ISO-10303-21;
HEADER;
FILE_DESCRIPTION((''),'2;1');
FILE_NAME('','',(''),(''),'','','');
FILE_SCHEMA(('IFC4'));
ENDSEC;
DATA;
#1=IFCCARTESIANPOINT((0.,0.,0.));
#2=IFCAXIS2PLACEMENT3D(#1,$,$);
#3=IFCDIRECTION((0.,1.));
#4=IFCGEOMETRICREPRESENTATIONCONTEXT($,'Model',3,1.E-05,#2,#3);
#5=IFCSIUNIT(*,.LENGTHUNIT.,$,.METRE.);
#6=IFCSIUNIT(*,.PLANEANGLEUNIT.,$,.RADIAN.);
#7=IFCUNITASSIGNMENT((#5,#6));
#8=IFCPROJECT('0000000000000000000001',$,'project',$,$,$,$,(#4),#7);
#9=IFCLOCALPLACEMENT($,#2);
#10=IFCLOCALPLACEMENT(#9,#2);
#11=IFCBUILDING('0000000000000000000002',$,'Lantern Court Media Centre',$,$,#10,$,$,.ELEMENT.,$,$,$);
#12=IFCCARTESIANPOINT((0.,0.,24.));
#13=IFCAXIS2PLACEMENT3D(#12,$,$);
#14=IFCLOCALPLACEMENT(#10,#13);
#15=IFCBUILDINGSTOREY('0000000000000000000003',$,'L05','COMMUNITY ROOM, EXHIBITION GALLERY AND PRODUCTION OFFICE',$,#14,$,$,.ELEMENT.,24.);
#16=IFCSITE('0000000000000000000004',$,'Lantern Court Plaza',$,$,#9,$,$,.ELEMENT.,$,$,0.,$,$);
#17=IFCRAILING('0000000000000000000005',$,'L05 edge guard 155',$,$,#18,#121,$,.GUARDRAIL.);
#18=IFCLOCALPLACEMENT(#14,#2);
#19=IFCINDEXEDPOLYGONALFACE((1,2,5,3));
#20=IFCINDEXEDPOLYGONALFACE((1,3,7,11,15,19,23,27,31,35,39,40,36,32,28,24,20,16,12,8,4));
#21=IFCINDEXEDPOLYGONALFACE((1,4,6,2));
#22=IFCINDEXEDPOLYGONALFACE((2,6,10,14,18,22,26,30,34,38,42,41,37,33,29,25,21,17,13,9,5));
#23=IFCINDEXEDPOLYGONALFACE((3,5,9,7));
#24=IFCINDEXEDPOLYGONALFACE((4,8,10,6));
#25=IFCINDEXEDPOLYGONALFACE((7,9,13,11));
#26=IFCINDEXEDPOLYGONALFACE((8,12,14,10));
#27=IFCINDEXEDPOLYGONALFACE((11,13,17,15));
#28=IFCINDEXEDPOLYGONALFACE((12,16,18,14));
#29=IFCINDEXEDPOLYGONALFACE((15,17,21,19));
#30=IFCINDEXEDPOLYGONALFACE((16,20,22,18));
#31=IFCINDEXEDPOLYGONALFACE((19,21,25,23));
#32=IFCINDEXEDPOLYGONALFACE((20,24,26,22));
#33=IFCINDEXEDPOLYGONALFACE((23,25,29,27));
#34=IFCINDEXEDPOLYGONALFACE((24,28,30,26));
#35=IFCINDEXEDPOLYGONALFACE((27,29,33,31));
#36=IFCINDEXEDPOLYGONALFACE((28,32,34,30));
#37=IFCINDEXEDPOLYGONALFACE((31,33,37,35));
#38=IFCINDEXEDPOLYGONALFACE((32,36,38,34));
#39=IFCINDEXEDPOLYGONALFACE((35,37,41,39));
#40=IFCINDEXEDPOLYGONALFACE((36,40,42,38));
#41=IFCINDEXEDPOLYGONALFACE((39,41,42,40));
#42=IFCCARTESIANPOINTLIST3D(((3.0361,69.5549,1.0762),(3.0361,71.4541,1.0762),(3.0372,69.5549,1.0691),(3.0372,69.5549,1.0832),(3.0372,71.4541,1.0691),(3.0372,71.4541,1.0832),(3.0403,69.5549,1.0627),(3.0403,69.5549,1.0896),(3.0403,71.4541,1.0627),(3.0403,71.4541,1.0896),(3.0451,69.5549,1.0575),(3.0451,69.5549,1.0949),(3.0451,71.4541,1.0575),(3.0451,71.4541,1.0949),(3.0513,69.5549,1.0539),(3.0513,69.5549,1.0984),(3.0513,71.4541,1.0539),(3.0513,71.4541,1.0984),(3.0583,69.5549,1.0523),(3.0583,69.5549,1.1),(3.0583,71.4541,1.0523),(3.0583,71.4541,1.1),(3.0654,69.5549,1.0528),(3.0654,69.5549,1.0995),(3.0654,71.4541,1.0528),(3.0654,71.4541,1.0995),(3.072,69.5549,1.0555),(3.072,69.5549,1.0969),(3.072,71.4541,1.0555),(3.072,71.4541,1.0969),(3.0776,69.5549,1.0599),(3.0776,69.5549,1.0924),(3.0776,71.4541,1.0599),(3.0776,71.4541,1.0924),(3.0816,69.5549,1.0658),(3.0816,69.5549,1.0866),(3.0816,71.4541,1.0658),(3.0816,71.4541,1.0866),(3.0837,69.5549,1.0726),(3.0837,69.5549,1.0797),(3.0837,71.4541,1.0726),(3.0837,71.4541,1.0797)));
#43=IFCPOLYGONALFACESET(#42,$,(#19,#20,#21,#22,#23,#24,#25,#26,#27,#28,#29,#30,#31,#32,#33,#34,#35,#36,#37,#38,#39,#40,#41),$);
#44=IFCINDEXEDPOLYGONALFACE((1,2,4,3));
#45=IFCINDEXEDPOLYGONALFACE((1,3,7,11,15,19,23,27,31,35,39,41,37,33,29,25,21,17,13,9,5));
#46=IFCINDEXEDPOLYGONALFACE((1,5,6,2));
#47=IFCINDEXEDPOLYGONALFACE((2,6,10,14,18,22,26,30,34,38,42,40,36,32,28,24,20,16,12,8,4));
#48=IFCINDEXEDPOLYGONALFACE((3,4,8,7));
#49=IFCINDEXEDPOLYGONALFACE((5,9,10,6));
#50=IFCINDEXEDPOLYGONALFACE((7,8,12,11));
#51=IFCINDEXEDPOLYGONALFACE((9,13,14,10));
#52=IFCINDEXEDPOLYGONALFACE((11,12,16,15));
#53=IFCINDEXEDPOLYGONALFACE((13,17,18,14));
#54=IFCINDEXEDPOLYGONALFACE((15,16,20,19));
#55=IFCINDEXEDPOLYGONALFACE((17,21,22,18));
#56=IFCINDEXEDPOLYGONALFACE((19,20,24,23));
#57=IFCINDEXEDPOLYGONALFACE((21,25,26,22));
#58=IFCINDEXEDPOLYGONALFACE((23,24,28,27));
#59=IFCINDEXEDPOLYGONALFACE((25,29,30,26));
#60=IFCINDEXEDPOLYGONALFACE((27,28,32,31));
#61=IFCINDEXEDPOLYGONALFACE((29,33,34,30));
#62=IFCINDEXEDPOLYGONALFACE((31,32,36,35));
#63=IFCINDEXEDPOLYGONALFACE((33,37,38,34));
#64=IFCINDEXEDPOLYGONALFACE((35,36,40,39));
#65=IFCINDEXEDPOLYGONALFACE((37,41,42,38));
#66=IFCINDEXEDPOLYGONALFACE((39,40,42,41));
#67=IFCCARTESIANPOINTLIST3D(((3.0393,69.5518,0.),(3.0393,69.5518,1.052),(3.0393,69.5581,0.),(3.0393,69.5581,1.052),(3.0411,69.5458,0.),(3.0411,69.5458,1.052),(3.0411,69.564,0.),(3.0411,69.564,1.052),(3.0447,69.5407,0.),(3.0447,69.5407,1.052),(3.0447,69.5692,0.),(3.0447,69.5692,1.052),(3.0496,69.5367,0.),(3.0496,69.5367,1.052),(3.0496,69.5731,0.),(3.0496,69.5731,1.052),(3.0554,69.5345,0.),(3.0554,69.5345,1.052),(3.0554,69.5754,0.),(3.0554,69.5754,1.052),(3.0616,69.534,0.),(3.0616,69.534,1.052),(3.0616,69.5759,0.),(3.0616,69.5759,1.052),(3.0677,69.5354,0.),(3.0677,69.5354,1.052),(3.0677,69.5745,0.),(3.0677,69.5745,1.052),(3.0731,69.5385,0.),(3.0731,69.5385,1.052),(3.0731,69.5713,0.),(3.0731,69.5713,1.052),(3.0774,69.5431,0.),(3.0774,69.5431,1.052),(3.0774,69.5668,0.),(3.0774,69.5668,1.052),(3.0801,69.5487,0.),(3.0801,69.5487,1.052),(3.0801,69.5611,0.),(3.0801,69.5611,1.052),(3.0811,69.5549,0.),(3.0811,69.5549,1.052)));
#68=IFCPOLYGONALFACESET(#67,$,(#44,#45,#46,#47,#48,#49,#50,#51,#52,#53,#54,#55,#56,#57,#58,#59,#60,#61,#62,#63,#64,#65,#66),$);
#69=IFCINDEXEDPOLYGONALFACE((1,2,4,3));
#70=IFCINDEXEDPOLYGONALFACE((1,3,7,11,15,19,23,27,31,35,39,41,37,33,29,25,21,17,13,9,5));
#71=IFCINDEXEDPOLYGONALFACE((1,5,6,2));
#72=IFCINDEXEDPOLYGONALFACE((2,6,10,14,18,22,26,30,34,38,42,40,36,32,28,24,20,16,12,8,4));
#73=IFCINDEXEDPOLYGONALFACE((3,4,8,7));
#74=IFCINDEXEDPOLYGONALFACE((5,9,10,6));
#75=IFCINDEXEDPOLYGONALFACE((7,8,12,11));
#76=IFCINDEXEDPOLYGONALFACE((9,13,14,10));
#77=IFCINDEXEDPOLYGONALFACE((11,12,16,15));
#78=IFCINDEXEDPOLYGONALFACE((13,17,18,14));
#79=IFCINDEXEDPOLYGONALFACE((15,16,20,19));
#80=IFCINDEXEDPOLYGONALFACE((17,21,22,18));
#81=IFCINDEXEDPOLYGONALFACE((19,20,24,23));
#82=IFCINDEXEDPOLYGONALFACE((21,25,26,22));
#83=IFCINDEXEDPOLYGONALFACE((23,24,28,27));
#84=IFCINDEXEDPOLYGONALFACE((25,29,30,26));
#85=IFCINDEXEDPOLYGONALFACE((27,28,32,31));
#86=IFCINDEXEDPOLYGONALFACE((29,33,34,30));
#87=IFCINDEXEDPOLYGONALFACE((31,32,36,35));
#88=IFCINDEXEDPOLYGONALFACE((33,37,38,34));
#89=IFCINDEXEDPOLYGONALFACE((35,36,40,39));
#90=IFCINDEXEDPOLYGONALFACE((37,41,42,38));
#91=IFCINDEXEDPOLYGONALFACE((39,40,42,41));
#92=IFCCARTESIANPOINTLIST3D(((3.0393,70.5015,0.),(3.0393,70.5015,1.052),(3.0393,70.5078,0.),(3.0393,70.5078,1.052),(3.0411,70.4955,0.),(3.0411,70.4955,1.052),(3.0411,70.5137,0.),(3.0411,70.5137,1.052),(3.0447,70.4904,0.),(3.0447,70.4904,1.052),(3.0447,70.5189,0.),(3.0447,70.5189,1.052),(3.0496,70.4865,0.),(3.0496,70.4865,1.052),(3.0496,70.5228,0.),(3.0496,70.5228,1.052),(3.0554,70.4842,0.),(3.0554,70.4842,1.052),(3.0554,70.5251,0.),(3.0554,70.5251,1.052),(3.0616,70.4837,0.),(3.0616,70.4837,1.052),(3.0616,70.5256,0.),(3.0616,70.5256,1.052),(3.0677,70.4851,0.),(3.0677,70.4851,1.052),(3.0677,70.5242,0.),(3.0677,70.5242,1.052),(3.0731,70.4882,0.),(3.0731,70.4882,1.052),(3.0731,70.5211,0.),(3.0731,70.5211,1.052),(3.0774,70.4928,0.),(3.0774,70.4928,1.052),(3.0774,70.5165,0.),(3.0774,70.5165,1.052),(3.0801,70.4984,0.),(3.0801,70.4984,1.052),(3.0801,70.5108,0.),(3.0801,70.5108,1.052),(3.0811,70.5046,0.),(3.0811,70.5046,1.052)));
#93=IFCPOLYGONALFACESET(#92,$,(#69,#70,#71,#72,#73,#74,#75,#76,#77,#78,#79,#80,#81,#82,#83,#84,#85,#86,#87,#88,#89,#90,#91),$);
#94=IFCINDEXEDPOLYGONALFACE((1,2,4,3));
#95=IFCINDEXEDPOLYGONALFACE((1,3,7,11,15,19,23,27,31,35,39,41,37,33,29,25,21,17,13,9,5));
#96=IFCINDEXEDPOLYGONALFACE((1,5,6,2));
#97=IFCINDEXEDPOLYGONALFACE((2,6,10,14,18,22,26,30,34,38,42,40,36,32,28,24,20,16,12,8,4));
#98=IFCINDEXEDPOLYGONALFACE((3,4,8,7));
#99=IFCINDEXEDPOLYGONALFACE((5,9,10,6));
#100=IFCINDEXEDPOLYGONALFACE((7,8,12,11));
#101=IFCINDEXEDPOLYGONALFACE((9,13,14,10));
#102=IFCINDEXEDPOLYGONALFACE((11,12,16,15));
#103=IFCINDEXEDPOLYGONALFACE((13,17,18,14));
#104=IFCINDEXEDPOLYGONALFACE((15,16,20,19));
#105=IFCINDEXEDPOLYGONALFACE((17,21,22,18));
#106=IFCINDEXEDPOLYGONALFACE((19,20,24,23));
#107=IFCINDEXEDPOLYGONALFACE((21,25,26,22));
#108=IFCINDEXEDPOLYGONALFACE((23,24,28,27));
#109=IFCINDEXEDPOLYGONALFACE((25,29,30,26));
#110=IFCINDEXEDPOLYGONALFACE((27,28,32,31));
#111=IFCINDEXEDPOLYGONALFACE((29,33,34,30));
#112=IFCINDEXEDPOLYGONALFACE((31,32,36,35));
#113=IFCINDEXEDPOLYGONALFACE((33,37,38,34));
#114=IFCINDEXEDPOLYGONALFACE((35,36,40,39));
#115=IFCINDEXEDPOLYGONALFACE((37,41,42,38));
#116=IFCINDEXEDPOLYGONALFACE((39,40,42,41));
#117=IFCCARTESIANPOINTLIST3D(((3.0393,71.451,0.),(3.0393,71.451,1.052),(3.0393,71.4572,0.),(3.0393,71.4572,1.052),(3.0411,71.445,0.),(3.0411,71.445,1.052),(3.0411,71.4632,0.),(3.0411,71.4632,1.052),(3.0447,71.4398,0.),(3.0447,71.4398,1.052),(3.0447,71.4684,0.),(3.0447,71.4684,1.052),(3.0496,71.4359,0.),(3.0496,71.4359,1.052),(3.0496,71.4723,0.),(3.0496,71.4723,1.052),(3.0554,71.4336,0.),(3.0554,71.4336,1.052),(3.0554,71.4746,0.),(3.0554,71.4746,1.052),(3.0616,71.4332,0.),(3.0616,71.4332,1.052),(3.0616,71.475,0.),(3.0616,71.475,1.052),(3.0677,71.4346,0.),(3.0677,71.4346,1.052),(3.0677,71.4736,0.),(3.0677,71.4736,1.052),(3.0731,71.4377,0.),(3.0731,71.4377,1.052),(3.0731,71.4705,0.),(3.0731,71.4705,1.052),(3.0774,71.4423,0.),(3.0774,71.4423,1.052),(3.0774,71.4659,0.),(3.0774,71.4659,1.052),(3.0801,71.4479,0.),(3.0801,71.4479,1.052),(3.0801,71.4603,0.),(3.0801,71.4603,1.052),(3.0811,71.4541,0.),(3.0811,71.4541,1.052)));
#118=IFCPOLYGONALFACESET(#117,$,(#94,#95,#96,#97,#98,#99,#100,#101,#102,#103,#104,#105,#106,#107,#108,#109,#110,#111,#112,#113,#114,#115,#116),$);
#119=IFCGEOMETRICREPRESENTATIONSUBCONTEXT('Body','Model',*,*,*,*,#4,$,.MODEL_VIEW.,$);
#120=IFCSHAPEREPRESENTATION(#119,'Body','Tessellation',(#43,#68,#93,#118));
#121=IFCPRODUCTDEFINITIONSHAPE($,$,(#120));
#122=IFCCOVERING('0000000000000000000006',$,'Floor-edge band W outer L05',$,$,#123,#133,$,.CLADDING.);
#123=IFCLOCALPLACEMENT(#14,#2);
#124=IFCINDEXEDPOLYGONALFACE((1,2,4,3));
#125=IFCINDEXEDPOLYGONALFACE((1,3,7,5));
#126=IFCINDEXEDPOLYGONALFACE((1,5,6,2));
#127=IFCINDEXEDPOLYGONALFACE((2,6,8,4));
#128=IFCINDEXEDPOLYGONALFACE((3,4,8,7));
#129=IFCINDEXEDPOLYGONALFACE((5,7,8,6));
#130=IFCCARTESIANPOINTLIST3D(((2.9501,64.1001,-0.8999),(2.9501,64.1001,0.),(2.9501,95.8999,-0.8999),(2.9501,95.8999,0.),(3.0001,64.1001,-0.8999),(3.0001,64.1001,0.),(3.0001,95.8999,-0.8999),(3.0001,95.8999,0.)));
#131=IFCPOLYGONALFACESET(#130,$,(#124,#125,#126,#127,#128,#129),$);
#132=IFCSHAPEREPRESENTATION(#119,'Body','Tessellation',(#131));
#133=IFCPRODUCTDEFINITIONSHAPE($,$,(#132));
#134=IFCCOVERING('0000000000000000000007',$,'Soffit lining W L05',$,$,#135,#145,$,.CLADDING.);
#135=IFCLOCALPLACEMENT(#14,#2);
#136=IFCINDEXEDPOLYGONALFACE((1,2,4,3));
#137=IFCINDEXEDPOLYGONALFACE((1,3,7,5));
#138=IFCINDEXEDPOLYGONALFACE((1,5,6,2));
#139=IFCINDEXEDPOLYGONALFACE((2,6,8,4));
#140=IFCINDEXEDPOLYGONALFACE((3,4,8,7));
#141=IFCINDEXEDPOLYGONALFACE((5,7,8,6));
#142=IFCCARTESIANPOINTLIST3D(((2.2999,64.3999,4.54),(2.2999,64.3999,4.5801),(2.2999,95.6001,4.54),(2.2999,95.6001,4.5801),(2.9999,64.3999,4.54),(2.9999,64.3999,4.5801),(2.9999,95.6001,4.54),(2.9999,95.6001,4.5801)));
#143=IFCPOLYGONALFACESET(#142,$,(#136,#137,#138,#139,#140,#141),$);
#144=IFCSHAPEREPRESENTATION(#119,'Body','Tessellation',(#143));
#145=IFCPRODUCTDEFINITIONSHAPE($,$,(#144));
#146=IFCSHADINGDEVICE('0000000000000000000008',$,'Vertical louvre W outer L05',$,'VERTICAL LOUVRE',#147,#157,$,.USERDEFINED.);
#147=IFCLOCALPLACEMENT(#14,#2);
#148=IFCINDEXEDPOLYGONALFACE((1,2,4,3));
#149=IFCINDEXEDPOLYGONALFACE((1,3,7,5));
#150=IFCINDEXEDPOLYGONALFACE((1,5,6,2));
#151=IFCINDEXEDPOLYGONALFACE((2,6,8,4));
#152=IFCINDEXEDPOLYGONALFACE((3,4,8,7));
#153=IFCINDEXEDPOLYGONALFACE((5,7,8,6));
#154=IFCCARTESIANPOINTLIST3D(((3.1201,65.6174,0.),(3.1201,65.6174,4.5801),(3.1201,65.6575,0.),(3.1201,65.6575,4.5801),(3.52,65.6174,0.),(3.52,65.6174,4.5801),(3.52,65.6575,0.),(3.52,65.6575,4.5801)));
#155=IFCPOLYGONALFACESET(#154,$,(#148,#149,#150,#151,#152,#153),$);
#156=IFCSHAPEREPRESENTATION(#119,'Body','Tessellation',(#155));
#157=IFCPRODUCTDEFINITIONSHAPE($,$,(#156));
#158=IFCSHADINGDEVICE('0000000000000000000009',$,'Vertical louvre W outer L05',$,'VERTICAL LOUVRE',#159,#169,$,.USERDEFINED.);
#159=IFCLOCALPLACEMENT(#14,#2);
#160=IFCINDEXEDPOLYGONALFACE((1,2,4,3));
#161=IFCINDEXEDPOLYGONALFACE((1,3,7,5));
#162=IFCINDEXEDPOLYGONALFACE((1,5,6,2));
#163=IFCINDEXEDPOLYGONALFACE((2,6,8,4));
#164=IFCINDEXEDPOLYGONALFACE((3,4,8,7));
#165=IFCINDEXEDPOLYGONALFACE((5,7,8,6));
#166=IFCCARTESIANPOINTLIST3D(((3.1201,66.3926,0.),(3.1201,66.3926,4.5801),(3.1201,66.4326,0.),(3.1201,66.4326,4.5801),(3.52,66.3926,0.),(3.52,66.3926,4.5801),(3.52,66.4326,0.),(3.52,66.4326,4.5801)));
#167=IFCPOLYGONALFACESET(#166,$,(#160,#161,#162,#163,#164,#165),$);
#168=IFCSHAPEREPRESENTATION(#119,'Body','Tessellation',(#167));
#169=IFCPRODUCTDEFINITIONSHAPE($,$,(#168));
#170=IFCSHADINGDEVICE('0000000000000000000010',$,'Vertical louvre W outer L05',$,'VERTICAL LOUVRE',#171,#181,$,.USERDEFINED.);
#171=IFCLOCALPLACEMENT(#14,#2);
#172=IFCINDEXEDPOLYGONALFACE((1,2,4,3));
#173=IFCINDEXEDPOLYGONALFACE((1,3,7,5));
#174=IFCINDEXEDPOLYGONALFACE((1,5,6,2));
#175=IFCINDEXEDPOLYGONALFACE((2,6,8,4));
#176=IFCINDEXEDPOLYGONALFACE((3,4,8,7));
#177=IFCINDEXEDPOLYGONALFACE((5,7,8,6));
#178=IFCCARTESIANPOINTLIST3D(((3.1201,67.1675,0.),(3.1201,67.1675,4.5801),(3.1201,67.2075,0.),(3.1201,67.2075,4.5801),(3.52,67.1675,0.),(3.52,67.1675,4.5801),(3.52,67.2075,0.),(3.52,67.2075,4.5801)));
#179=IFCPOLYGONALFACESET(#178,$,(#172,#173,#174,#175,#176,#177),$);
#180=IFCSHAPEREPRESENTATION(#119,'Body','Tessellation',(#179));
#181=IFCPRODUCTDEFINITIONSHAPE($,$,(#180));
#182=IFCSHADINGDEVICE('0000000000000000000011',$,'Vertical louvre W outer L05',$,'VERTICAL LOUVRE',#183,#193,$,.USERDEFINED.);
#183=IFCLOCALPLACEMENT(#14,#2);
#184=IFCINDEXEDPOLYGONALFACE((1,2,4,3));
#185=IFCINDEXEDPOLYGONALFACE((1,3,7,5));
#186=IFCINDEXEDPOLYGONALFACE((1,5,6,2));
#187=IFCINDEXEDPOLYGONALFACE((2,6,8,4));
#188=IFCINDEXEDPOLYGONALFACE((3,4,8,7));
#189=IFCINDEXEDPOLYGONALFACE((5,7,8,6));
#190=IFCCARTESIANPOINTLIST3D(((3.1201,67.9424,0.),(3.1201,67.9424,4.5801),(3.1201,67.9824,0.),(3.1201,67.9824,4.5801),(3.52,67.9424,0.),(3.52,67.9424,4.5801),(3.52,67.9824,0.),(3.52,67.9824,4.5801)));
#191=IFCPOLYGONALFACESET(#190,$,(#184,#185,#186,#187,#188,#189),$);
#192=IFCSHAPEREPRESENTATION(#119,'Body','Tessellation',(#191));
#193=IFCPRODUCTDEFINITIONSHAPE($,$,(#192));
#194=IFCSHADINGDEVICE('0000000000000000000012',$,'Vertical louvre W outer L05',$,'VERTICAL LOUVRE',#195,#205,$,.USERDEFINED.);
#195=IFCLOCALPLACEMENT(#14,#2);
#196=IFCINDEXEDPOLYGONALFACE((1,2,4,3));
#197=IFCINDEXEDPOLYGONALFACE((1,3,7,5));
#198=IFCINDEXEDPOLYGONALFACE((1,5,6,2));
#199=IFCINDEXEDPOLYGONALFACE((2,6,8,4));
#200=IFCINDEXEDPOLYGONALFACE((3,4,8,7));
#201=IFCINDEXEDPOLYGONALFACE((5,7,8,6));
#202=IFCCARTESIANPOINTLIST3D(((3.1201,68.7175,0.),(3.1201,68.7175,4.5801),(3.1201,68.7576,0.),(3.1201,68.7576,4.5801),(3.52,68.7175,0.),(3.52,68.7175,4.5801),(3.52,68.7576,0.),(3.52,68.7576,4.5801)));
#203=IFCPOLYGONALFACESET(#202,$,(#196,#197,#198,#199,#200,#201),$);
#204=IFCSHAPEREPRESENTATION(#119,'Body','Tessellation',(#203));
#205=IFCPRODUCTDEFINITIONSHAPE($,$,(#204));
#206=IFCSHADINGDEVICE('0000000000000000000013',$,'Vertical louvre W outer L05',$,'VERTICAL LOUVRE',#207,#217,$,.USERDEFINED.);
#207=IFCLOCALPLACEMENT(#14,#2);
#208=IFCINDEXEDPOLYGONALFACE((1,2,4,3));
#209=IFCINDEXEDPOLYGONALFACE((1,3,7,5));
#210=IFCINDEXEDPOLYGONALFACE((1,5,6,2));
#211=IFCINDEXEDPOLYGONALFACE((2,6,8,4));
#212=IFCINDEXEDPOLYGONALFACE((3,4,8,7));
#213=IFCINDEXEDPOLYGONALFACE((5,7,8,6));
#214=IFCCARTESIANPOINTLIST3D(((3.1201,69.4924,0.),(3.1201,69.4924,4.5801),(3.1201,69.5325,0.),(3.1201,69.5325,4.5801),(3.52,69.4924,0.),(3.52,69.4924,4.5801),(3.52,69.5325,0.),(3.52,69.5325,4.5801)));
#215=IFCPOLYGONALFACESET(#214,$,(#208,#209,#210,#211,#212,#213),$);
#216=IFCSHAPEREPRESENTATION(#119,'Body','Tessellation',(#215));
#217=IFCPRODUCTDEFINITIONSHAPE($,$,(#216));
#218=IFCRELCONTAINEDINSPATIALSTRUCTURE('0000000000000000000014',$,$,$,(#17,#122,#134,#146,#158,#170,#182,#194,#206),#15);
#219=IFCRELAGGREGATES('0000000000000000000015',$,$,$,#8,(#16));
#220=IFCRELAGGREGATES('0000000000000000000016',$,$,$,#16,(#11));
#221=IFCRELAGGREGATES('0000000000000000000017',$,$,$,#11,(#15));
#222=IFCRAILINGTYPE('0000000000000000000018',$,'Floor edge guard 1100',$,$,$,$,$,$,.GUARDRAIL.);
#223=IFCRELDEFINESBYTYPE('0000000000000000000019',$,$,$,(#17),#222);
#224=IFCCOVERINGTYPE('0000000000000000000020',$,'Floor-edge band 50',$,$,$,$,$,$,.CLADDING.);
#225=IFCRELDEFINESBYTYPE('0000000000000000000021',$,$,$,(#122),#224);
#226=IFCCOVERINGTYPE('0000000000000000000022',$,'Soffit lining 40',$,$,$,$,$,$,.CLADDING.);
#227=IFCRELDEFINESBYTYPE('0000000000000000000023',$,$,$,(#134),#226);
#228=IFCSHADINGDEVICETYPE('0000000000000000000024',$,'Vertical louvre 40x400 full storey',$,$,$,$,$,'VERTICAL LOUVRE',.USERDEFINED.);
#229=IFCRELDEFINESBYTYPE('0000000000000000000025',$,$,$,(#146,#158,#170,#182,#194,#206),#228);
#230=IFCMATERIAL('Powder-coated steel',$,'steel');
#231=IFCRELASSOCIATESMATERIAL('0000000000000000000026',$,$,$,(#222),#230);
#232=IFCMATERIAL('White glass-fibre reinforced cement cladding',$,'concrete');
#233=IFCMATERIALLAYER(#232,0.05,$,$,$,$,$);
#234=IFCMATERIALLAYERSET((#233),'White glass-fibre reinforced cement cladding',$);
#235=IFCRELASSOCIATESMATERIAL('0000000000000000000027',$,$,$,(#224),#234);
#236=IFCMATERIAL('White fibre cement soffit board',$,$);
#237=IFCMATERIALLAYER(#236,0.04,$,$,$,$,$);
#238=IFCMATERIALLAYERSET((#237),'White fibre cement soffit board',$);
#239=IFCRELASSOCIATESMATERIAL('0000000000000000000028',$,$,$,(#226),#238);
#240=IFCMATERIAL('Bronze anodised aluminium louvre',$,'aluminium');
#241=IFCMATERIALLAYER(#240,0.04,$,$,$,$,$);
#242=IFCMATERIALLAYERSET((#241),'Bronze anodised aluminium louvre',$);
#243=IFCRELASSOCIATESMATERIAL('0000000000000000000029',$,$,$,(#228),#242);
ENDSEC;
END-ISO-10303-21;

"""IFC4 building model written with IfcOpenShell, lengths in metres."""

from ifc_helpers import new_model, si_unit, direction, frame, frame_2d, origin, origin_2d, place, context, subcontext, project, spatial, rectangle, circle, extrude, material, layer, layer_set, type_object, element, save


model = new_model("IFC4")

# Units and contexts
model_context = context("Model", 3, precision=1e-05, world=origin(), true_north=direction((0.0, 1.0)))
body_context = subcontext(model_context, "Body", "Model", "MODEL_VIEW")
ifc_project = project(units=[si_unit("LENGTHUNIT", "METRE"), si_unit("PLANEANGLEUNIT", "RADIAN")], contexts=[model_context])

# Site, building, storey
site_placement = place(None, origin())
site = spatial("IfcSite", under=ifc_project, at=site_placement, Name="Lantern Court Plaza", CompositionType="ELEMENT", RefElevation=0.0)
building_placement = place(site_placement, origin())
building = spatial("IfcBuilding", under=site, at=building_placement, Name="Lantern Court Media Centre", CompositionType="ELEMENT")
storey_placement = place(building_placement, frame((0.0, 0.0, 24.0)))
storey = spatial("IfcBuildingStorey", under=building, at=storey_placement, Name="L05", Description="COMMUNITY ROOM, EXHIBITION GALLERY AND PRODUCTION OFFICE", CompositionType="ELEMENT", Elevation=24.0)

# Railing
ifc_material_1 = material(Name="Powder-coated steel", Category="steel")
railing_type = type_object("IfcRailingType", Name="Floor edge guard 1100", PredefinedType="GUARDRAIL", material=ifc_material_1)
railing_1_placement = place(storey_placement, frame((3.0601, 69.5549, 0.0)))
element("IfcRailing", 1, at=railing_1_placement, inside=storey, type_object=railing_type, Name="L05 edge guard 155", PredefinedType="GUARDRAIL", context=body_context, shape_type="SweptSolid", body=[
    extrude(circle(Radius=0.0239, at=origin_2d()), frame((0.0, 0.0, 1.0762), z_axis=(0.0, 1.0, 0.0), x_axis=(-1.0, 0.0, 0.0)), (0.0, 0.0, 1.0), 1.8992),
    extrude(circle(Radius=0.021, at=origin_2d()), origin(), (0.0, 0.0, 1.0), 1.052),
    extrude(circle(Radius=0.021, at=origin_2d()), frame((0.0, 0.9497, 0.0)), (0.0, 0.0, 1.0), 1.052),
    extrude(circle(Radius=0.021, at=origin_2d()), frame((0.0, 1.8992, 0.0)), (0.0, 0.0, 1.0), 1.052),
])

# Coverings
ifc_material_2 = material(Name="White glass-fibre reinforced cement cladding", Category="concrete")
ifc_layer_1 = layer(ifc_material_2, 0.05)
ifc_layer_set_1 = layer_set([ifc_layer_1], Name="White glass-fibre reinforced cement cladding")
covering_type_1 = type_object("IfcCoveringType", Name="Floor-edge band 50", PredefinedType="CLADDING", material=ifc_layer_set_1)
covering_1_placement = place(storey_placement, frame((2.9751, 64.1001, -0.8999), z_axis=(0.0, 0.0, 1.0), x_axis=(0.0, 1.0, 0.0)))
element("IfcCovering", 2, at=covering_1_placement, inside=storey, type_object=covering_type_1, Name="Floor-edge band W outer L05", PredefinedType="CLADDING", context=body_context, shape_type="SweptSolid", body=[
    extrude(rectangle(XDim=31.7998, YDim=0.05, at=frame_2d((15.8999, 0.0))), origin(), (0.0, 0.0, 1.0), 0.8999),
])
ifc_material_3 = material(Name="White fibre cement soffit board")
ifc_layer_2 = layer(ifc_material_3, 0.04)
ifc_layer_set_2 = layer_set([ifc_layer_2], Name="White fibre cement soffit board")
covering_type_2 = type_object("IfcCoveringType", Name="Soffit lining 40", PredefinedType="CLADDING", material=ifc_layer_set_2)
covering_2_placement = place(storey_placement, frame((2.6499, 64.3999, 4.54), z_axis=(0.0, 0.0, 1.0), x_axis=(0.0, 1.0, 0.0)))
element("IfcCovering", 3, at=covering_2_placement, inside=storey, type_object=covering_type_2, Name="Soffit lining W L05", PredefinedType="CLADDING", context=body_context, shape_type="SweptSolid", body=[
    extrude(rectangle(XDim=31.2002, YDim=0.7, at=frame_2d((15.6001, 0.0))), origin(), (0.0, 0.0, 1.0), 0.04),
])

# Shading devices
ifc_material_4 = material(Name="Bronze anodised aluminium louvre", Category="aluminium")
ifc_layer_3 = layer(ifc_material_4, 0.04)
ifc_layer_set_3 = layer_set([ifc_layer_3], Name="Bronze anodised aluminium louvre")
shading_device_type = type_object("IfcShadingDeviceType", Name="Vertical louvre 40x400 full storey", ElementType="VERTICAL LOUVRE", PredefinedType="USERDEFINED", material=ifc_layer_set_3)
for number, where, z_axis, x_axis, name in (
    (4, (3.3201, 65.6375, 0.0), (0.0, 0.0, 1.0), (1.0, 0.0, 0.0), "Vertical louvre W outer L05"),
    (5, (3.3201, 66.4126, 0.0), (0.0, 0.0, 1.0), (1.0, 0.0, 0.0), "Vertical louvre W outer L05"),
    (6, (3.3201, 67.1875, 0.0), (0.0, 0.0, 1.0), (1.0, 0.0, 0.0), "Vertical louvre W outer L05"),
    (7, (3.3201, 67.9624, 0.0), (0.0, 0.0, 1.0), (1.0, 0.0, 0.0), "Vertical louvre W outer L05"),
    (8, (3.3201, 68.7375, 0.0), (0.0, 0.0, 1.0), (1.0, 0.0, 0.0), "Vertical louvre W outer L05"),
    (9, (3.3201, 69.5125, 0.0), (0.0, 0.0, 1.0), (1.0, 0.0, 0.0), "Vertical louvre W outer L05"),
):
    element("IfcShadingDevice", number, at=place(storey_placement, frame(where, z_axis=z_axis, x_axis=x_axis)), inside=storey, type_object=shading_device_type, Name=name, ObjectType="VERTICAL LOUVRE", PredefinedType="USERDEFINED", context=body_context, shape_type="SweptSolid", body=[
        extrude(rectangle(XDim=0.3999, YDim=0.04, at=origin_2d()), origin(), (0.0, 0.0, 1.0), 4.5801),
    ])

save(model, "model.ifc")
